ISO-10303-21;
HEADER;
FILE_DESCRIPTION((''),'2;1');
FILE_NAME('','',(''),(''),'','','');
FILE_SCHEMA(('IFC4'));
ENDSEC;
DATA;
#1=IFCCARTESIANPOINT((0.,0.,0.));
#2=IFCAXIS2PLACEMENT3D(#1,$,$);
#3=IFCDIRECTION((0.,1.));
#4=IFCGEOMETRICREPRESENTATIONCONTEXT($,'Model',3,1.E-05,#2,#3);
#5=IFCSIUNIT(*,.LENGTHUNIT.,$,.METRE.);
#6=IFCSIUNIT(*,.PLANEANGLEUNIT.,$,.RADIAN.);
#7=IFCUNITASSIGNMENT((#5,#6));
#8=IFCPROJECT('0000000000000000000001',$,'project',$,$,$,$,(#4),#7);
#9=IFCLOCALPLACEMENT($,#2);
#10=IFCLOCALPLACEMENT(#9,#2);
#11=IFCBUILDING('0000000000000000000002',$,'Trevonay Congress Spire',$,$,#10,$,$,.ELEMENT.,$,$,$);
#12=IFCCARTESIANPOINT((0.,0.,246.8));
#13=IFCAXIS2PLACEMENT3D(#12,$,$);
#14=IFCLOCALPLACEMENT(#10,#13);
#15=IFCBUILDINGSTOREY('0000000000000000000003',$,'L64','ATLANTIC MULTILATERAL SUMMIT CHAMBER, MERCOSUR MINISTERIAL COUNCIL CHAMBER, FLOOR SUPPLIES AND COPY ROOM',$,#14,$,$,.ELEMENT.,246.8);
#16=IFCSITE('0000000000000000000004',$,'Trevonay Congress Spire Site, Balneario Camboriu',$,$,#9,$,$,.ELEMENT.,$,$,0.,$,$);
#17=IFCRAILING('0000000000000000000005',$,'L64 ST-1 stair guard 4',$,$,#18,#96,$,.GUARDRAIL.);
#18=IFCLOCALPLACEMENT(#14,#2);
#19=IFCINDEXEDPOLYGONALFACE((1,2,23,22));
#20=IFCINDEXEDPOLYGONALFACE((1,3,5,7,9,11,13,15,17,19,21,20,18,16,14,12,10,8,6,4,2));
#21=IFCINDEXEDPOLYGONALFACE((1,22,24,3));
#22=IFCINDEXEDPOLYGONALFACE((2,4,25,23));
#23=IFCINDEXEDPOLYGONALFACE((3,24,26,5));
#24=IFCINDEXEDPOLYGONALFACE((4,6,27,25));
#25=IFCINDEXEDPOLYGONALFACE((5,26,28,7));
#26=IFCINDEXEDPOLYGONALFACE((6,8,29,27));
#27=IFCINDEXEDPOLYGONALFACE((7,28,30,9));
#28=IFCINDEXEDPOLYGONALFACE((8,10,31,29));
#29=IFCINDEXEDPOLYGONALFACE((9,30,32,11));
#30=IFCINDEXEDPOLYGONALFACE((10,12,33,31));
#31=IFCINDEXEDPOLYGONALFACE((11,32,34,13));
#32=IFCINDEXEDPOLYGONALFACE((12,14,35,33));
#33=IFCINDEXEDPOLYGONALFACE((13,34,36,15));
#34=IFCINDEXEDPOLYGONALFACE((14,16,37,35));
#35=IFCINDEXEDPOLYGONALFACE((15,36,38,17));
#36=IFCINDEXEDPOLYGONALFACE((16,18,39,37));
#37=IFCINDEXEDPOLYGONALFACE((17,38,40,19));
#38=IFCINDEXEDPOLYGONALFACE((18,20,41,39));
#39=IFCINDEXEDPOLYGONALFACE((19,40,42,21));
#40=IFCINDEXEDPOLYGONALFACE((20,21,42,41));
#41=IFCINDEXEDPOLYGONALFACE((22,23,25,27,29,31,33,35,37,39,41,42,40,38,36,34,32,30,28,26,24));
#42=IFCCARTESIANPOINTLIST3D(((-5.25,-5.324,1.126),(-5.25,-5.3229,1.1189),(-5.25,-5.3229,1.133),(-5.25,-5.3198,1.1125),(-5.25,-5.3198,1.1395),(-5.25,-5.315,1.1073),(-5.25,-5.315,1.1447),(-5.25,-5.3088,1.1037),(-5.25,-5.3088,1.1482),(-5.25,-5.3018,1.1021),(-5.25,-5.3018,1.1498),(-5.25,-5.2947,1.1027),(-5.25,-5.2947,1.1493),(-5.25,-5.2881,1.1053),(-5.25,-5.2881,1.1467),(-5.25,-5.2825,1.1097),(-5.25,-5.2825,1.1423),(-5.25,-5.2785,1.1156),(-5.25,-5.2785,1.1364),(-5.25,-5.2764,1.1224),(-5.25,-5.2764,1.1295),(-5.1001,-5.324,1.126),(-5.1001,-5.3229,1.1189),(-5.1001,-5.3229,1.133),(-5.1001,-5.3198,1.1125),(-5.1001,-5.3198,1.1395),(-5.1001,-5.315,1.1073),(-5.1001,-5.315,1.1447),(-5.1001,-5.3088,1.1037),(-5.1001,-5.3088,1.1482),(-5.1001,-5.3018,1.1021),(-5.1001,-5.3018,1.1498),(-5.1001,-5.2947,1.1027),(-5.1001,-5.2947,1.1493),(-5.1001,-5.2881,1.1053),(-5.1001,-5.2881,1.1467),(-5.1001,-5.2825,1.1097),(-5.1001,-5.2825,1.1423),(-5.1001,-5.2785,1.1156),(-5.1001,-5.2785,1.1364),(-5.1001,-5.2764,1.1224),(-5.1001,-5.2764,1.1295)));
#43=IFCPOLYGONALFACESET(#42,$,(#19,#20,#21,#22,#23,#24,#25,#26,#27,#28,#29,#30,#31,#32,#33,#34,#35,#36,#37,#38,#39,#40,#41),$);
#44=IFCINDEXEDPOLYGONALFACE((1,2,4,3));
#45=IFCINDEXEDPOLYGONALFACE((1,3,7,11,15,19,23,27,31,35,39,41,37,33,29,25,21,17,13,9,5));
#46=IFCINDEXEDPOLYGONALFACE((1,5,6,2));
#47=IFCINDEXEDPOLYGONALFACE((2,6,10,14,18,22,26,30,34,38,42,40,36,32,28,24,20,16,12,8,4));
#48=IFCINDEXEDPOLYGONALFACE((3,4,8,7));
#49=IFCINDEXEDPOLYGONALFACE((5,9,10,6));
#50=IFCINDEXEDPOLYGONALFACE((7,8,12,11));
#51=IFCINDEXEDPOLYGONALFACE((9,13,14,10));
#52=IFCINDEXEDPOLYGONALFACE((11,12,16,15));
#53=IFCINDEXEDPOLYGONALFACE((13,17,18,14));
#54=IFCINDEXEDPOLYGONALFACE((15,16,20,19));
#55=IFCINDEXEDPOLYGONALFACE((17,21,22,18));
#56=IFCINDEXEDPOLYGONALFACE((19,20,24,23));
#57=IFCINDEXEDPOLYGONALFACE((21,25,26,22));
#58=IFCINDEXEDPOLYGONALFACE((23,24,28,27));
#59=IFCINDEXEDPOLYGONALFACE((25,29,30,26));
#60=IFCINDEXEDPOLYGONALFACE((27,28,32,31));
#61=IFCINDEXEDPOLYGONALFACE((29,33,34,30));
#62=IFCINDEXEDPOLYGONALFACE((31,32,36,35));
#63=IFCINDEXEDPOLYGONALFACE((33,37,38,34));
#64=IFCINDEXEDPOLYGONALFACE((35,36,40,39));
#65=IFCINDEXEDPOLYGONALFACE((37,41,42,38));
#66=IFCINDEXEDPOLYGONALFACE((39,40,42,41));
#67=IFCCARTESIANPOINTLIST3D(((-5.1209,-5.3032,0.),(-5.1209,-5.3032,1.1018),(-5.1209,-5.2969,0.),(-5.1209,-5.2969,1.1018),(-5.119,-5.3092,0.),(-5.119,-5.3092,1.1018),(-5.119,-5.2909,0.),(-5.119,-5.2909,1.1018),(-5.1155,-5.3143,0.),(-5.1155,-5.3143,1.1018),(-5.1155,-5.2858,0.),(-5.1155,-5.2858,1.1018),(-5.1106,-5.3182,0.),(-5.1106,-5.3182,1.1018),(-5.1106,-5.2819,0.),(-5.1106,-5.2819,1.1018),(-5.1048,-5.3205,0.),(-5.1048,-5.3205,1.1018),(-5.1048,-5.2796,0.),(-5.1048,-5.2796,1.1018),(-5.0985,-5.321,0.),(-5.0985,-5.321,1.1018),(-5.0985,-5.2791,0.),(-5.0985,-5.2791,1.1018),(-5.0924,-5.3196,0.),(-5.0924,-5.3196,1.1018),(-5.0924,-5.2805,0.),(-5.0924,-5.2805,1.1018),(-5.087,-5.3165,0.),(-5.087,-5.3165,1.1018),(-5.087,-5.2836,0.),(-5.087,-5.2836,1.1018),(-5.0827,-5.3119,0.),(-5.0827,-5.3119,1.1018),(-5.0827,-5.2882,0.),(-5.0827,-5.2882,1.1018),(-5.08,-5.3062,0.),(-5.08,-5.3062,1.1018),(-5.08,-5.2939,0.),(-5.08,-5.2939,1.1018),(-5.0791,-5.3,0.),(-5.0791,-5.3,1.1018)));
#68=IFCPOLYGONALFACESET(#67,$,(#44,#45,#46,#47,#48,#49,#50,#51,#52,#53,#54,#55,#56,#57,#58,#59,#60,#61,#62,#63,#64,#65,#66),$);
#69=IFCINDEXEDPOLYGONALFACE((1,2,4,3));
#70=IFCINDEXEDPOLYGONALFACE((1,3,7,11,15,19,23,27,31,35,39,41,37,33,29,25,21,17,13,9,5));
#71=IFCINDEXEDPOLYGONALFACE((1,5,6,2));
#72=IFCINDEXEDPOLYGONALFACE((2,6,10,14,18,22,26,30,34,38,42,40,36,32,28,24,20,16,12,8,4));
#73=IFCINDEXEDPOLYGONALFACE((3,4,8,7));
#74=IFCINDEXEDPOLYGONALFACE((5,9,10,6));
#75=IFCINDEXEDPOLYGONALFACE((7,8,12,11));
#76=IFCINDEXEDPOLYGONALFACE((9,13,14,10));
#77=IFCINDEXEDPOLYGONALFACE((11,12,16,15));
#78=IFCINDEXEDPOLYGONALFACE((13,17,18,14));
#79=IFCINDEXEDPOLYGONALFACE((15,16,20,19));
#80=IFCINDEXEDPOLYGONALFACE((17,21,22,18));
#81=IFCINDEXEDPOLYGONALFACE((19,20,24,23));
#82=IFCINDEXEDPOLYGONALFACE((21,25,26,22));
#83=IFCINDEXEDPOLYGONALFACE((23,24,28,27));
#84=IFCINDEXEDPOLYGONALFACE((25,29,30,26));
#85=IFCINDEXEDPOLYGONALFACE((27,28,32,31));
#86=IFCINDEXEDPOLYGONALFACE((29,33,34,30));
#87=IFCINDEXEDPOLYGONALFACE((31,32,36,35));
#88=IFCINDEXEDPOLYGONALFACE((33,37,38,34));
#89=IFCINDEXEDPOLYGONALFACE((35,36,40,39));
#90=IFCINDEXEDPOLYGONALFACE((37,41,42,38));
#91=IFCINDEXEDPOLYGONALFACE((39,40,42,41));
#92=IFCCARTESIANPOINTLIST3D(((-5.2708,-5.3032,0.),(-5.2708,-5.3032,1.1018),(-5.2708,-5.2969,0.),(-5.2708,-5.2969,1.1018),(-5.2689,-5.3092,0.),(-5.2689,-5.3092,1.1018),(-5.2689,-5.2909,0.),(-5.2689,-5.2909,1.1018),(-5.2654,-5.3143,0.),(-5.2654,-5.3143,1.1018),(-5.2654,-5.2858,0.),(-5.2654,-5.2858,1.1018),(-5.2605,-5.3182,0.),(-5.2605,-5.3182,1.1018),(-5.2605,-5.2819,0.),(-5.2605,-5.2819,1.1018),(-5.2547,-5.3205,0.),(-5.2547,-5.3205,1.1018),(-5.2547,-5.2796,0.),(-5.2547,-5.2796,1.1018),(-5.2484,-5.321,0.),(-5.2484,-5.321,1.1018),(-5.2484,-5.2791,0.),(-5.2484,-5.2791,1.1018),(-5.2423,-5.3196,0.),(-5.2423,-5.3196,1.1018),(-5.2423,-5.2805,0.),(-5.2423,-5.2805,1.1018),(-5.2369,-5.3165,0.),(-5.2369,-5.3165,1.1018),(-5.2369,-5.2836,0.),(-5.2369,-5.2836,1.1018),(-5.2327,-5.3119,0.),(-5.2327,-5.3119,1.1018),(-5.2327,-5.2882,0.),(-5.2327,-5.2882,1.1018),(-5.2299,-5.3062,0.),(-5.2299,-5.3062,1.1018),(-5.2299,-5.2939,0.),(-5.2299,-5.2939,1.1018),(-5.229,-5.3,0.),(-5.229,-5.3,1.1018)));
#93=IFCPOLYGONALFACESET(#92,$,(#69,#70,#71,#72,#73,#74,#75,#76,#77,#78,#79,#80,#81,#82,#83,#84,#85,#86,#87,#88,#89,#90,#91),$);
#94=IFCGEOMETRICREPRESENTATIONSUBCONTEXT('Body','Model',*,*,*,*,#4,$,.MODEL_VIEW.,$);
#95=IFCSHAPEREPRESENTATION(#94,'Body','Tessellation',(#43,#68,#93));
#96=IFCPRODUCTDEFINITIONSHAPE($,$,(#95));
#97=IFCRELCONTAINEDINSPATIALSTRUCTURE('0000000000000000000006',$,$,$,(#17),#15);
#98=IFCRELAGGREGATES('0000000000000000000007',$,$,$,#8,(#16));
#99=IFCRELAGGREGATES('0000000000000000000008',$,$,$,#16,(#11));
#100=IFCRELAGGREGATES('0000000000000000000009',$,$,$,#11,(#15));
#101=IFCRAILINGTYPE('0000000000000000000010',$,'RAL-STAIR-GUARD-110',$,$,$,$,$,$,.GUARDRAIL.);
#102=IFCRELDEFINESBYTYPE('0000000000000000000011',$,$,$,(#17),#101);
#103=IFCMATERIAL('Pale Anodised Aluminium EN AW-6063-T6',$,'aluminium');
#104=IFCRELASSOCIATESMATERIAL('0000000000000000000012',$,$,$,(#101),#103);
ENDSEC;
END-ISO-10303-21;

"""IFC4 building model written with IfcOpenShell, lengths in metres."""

from ifc_helpers import new_model, si_unit, direction, frame, origin, origin_2d, place, context, subcontext, project, spatial, circle, extrude, material, type_object, element, save


model = new_model("IFC4")

# Units and contexts
model_context = context("Model", 3, precision=1e-05, world=origin(), true_north=direction((0.0, 1.0)))
body_context = subcontext(model_context, "Body", "Model", "MODEL_VIEW")
ifc_project = project(units=[si_unit("LENGTHUNIT", "METRE"), si_unit("PLANEANGLEUNIT", "RADIAN")], contexts=[model_context])

# Site, building, storey
site_placement = place(None, origin())
site = spatial("IfcSite", under=ifc_project, at=site_placement, Name="Trevonay Congress Spire Site, Balneario Camboriu", CompositionType="ELEMENT", RefElevation=0.0)
building_placement = place(site_placement, origin())
building = spatial("IfcBuilding", under=site, at=building_placement, Name="Trevonay Congress Spire", CompositionType="ELEMENT")
storey_placement = place(building_placement, frame((0.0, 0.0, 246.8)))
storey = spatial("IfcBuildingStorey", under=building, at=storey_placement, Name="L64", Description="ATLANTIC MULTILATERAL SUMMIT CHAMBER, MERCOSUR MINISTERIAL COUNCIL CHAMBER, FLOOR SUPPLIES AND COPY ROOM", CompositionType="ELEMENT", Elevation=246.8)

# Railing
ifc_material_1 = material(Name="Pale Anodised Aluminium EN AW-6063-T6", Category="aluminium")
railing_type_1 = type_object("IfcRailingType", Name="RAL-STAIR-GUARD-110", PredefinedType="GUARDRAIL", material=ifc_material_1)
railing_1_placement = place(storey_placement, frame((-5.1001, -5.3, 0.0)))
element("IfcRailing", 1, at=railing_1_placement, inside=storey, type_object=railing_type_1, Name="L64 ST-1 stair guard 4", PredefinedType="GUARDRAIL", context=body_context, shape_type="SweptSolid", body=[
    extrude(circle(Radius=0.0239, at=origin_2d()), frame((0.0, 0.0, 1.126), z_axis=(-1.0, 0.0, 0.0), x_axis=(0.0, -1.0, 0.0)), (0.0, 0.0, 1.0), 0.1499),
    extrude(circle(Radius=0.021, at=origin_2d()), origin(), (0.0, 0.0, 1.0), 1.1018),
    extrude(circle(Radius=0.021, at=origin_2d()), frame((-0.1499, 0.0, 0.0)), (0.0, 0.0, 1.0), 1.1018),
])

save(model, "model.ifc")
